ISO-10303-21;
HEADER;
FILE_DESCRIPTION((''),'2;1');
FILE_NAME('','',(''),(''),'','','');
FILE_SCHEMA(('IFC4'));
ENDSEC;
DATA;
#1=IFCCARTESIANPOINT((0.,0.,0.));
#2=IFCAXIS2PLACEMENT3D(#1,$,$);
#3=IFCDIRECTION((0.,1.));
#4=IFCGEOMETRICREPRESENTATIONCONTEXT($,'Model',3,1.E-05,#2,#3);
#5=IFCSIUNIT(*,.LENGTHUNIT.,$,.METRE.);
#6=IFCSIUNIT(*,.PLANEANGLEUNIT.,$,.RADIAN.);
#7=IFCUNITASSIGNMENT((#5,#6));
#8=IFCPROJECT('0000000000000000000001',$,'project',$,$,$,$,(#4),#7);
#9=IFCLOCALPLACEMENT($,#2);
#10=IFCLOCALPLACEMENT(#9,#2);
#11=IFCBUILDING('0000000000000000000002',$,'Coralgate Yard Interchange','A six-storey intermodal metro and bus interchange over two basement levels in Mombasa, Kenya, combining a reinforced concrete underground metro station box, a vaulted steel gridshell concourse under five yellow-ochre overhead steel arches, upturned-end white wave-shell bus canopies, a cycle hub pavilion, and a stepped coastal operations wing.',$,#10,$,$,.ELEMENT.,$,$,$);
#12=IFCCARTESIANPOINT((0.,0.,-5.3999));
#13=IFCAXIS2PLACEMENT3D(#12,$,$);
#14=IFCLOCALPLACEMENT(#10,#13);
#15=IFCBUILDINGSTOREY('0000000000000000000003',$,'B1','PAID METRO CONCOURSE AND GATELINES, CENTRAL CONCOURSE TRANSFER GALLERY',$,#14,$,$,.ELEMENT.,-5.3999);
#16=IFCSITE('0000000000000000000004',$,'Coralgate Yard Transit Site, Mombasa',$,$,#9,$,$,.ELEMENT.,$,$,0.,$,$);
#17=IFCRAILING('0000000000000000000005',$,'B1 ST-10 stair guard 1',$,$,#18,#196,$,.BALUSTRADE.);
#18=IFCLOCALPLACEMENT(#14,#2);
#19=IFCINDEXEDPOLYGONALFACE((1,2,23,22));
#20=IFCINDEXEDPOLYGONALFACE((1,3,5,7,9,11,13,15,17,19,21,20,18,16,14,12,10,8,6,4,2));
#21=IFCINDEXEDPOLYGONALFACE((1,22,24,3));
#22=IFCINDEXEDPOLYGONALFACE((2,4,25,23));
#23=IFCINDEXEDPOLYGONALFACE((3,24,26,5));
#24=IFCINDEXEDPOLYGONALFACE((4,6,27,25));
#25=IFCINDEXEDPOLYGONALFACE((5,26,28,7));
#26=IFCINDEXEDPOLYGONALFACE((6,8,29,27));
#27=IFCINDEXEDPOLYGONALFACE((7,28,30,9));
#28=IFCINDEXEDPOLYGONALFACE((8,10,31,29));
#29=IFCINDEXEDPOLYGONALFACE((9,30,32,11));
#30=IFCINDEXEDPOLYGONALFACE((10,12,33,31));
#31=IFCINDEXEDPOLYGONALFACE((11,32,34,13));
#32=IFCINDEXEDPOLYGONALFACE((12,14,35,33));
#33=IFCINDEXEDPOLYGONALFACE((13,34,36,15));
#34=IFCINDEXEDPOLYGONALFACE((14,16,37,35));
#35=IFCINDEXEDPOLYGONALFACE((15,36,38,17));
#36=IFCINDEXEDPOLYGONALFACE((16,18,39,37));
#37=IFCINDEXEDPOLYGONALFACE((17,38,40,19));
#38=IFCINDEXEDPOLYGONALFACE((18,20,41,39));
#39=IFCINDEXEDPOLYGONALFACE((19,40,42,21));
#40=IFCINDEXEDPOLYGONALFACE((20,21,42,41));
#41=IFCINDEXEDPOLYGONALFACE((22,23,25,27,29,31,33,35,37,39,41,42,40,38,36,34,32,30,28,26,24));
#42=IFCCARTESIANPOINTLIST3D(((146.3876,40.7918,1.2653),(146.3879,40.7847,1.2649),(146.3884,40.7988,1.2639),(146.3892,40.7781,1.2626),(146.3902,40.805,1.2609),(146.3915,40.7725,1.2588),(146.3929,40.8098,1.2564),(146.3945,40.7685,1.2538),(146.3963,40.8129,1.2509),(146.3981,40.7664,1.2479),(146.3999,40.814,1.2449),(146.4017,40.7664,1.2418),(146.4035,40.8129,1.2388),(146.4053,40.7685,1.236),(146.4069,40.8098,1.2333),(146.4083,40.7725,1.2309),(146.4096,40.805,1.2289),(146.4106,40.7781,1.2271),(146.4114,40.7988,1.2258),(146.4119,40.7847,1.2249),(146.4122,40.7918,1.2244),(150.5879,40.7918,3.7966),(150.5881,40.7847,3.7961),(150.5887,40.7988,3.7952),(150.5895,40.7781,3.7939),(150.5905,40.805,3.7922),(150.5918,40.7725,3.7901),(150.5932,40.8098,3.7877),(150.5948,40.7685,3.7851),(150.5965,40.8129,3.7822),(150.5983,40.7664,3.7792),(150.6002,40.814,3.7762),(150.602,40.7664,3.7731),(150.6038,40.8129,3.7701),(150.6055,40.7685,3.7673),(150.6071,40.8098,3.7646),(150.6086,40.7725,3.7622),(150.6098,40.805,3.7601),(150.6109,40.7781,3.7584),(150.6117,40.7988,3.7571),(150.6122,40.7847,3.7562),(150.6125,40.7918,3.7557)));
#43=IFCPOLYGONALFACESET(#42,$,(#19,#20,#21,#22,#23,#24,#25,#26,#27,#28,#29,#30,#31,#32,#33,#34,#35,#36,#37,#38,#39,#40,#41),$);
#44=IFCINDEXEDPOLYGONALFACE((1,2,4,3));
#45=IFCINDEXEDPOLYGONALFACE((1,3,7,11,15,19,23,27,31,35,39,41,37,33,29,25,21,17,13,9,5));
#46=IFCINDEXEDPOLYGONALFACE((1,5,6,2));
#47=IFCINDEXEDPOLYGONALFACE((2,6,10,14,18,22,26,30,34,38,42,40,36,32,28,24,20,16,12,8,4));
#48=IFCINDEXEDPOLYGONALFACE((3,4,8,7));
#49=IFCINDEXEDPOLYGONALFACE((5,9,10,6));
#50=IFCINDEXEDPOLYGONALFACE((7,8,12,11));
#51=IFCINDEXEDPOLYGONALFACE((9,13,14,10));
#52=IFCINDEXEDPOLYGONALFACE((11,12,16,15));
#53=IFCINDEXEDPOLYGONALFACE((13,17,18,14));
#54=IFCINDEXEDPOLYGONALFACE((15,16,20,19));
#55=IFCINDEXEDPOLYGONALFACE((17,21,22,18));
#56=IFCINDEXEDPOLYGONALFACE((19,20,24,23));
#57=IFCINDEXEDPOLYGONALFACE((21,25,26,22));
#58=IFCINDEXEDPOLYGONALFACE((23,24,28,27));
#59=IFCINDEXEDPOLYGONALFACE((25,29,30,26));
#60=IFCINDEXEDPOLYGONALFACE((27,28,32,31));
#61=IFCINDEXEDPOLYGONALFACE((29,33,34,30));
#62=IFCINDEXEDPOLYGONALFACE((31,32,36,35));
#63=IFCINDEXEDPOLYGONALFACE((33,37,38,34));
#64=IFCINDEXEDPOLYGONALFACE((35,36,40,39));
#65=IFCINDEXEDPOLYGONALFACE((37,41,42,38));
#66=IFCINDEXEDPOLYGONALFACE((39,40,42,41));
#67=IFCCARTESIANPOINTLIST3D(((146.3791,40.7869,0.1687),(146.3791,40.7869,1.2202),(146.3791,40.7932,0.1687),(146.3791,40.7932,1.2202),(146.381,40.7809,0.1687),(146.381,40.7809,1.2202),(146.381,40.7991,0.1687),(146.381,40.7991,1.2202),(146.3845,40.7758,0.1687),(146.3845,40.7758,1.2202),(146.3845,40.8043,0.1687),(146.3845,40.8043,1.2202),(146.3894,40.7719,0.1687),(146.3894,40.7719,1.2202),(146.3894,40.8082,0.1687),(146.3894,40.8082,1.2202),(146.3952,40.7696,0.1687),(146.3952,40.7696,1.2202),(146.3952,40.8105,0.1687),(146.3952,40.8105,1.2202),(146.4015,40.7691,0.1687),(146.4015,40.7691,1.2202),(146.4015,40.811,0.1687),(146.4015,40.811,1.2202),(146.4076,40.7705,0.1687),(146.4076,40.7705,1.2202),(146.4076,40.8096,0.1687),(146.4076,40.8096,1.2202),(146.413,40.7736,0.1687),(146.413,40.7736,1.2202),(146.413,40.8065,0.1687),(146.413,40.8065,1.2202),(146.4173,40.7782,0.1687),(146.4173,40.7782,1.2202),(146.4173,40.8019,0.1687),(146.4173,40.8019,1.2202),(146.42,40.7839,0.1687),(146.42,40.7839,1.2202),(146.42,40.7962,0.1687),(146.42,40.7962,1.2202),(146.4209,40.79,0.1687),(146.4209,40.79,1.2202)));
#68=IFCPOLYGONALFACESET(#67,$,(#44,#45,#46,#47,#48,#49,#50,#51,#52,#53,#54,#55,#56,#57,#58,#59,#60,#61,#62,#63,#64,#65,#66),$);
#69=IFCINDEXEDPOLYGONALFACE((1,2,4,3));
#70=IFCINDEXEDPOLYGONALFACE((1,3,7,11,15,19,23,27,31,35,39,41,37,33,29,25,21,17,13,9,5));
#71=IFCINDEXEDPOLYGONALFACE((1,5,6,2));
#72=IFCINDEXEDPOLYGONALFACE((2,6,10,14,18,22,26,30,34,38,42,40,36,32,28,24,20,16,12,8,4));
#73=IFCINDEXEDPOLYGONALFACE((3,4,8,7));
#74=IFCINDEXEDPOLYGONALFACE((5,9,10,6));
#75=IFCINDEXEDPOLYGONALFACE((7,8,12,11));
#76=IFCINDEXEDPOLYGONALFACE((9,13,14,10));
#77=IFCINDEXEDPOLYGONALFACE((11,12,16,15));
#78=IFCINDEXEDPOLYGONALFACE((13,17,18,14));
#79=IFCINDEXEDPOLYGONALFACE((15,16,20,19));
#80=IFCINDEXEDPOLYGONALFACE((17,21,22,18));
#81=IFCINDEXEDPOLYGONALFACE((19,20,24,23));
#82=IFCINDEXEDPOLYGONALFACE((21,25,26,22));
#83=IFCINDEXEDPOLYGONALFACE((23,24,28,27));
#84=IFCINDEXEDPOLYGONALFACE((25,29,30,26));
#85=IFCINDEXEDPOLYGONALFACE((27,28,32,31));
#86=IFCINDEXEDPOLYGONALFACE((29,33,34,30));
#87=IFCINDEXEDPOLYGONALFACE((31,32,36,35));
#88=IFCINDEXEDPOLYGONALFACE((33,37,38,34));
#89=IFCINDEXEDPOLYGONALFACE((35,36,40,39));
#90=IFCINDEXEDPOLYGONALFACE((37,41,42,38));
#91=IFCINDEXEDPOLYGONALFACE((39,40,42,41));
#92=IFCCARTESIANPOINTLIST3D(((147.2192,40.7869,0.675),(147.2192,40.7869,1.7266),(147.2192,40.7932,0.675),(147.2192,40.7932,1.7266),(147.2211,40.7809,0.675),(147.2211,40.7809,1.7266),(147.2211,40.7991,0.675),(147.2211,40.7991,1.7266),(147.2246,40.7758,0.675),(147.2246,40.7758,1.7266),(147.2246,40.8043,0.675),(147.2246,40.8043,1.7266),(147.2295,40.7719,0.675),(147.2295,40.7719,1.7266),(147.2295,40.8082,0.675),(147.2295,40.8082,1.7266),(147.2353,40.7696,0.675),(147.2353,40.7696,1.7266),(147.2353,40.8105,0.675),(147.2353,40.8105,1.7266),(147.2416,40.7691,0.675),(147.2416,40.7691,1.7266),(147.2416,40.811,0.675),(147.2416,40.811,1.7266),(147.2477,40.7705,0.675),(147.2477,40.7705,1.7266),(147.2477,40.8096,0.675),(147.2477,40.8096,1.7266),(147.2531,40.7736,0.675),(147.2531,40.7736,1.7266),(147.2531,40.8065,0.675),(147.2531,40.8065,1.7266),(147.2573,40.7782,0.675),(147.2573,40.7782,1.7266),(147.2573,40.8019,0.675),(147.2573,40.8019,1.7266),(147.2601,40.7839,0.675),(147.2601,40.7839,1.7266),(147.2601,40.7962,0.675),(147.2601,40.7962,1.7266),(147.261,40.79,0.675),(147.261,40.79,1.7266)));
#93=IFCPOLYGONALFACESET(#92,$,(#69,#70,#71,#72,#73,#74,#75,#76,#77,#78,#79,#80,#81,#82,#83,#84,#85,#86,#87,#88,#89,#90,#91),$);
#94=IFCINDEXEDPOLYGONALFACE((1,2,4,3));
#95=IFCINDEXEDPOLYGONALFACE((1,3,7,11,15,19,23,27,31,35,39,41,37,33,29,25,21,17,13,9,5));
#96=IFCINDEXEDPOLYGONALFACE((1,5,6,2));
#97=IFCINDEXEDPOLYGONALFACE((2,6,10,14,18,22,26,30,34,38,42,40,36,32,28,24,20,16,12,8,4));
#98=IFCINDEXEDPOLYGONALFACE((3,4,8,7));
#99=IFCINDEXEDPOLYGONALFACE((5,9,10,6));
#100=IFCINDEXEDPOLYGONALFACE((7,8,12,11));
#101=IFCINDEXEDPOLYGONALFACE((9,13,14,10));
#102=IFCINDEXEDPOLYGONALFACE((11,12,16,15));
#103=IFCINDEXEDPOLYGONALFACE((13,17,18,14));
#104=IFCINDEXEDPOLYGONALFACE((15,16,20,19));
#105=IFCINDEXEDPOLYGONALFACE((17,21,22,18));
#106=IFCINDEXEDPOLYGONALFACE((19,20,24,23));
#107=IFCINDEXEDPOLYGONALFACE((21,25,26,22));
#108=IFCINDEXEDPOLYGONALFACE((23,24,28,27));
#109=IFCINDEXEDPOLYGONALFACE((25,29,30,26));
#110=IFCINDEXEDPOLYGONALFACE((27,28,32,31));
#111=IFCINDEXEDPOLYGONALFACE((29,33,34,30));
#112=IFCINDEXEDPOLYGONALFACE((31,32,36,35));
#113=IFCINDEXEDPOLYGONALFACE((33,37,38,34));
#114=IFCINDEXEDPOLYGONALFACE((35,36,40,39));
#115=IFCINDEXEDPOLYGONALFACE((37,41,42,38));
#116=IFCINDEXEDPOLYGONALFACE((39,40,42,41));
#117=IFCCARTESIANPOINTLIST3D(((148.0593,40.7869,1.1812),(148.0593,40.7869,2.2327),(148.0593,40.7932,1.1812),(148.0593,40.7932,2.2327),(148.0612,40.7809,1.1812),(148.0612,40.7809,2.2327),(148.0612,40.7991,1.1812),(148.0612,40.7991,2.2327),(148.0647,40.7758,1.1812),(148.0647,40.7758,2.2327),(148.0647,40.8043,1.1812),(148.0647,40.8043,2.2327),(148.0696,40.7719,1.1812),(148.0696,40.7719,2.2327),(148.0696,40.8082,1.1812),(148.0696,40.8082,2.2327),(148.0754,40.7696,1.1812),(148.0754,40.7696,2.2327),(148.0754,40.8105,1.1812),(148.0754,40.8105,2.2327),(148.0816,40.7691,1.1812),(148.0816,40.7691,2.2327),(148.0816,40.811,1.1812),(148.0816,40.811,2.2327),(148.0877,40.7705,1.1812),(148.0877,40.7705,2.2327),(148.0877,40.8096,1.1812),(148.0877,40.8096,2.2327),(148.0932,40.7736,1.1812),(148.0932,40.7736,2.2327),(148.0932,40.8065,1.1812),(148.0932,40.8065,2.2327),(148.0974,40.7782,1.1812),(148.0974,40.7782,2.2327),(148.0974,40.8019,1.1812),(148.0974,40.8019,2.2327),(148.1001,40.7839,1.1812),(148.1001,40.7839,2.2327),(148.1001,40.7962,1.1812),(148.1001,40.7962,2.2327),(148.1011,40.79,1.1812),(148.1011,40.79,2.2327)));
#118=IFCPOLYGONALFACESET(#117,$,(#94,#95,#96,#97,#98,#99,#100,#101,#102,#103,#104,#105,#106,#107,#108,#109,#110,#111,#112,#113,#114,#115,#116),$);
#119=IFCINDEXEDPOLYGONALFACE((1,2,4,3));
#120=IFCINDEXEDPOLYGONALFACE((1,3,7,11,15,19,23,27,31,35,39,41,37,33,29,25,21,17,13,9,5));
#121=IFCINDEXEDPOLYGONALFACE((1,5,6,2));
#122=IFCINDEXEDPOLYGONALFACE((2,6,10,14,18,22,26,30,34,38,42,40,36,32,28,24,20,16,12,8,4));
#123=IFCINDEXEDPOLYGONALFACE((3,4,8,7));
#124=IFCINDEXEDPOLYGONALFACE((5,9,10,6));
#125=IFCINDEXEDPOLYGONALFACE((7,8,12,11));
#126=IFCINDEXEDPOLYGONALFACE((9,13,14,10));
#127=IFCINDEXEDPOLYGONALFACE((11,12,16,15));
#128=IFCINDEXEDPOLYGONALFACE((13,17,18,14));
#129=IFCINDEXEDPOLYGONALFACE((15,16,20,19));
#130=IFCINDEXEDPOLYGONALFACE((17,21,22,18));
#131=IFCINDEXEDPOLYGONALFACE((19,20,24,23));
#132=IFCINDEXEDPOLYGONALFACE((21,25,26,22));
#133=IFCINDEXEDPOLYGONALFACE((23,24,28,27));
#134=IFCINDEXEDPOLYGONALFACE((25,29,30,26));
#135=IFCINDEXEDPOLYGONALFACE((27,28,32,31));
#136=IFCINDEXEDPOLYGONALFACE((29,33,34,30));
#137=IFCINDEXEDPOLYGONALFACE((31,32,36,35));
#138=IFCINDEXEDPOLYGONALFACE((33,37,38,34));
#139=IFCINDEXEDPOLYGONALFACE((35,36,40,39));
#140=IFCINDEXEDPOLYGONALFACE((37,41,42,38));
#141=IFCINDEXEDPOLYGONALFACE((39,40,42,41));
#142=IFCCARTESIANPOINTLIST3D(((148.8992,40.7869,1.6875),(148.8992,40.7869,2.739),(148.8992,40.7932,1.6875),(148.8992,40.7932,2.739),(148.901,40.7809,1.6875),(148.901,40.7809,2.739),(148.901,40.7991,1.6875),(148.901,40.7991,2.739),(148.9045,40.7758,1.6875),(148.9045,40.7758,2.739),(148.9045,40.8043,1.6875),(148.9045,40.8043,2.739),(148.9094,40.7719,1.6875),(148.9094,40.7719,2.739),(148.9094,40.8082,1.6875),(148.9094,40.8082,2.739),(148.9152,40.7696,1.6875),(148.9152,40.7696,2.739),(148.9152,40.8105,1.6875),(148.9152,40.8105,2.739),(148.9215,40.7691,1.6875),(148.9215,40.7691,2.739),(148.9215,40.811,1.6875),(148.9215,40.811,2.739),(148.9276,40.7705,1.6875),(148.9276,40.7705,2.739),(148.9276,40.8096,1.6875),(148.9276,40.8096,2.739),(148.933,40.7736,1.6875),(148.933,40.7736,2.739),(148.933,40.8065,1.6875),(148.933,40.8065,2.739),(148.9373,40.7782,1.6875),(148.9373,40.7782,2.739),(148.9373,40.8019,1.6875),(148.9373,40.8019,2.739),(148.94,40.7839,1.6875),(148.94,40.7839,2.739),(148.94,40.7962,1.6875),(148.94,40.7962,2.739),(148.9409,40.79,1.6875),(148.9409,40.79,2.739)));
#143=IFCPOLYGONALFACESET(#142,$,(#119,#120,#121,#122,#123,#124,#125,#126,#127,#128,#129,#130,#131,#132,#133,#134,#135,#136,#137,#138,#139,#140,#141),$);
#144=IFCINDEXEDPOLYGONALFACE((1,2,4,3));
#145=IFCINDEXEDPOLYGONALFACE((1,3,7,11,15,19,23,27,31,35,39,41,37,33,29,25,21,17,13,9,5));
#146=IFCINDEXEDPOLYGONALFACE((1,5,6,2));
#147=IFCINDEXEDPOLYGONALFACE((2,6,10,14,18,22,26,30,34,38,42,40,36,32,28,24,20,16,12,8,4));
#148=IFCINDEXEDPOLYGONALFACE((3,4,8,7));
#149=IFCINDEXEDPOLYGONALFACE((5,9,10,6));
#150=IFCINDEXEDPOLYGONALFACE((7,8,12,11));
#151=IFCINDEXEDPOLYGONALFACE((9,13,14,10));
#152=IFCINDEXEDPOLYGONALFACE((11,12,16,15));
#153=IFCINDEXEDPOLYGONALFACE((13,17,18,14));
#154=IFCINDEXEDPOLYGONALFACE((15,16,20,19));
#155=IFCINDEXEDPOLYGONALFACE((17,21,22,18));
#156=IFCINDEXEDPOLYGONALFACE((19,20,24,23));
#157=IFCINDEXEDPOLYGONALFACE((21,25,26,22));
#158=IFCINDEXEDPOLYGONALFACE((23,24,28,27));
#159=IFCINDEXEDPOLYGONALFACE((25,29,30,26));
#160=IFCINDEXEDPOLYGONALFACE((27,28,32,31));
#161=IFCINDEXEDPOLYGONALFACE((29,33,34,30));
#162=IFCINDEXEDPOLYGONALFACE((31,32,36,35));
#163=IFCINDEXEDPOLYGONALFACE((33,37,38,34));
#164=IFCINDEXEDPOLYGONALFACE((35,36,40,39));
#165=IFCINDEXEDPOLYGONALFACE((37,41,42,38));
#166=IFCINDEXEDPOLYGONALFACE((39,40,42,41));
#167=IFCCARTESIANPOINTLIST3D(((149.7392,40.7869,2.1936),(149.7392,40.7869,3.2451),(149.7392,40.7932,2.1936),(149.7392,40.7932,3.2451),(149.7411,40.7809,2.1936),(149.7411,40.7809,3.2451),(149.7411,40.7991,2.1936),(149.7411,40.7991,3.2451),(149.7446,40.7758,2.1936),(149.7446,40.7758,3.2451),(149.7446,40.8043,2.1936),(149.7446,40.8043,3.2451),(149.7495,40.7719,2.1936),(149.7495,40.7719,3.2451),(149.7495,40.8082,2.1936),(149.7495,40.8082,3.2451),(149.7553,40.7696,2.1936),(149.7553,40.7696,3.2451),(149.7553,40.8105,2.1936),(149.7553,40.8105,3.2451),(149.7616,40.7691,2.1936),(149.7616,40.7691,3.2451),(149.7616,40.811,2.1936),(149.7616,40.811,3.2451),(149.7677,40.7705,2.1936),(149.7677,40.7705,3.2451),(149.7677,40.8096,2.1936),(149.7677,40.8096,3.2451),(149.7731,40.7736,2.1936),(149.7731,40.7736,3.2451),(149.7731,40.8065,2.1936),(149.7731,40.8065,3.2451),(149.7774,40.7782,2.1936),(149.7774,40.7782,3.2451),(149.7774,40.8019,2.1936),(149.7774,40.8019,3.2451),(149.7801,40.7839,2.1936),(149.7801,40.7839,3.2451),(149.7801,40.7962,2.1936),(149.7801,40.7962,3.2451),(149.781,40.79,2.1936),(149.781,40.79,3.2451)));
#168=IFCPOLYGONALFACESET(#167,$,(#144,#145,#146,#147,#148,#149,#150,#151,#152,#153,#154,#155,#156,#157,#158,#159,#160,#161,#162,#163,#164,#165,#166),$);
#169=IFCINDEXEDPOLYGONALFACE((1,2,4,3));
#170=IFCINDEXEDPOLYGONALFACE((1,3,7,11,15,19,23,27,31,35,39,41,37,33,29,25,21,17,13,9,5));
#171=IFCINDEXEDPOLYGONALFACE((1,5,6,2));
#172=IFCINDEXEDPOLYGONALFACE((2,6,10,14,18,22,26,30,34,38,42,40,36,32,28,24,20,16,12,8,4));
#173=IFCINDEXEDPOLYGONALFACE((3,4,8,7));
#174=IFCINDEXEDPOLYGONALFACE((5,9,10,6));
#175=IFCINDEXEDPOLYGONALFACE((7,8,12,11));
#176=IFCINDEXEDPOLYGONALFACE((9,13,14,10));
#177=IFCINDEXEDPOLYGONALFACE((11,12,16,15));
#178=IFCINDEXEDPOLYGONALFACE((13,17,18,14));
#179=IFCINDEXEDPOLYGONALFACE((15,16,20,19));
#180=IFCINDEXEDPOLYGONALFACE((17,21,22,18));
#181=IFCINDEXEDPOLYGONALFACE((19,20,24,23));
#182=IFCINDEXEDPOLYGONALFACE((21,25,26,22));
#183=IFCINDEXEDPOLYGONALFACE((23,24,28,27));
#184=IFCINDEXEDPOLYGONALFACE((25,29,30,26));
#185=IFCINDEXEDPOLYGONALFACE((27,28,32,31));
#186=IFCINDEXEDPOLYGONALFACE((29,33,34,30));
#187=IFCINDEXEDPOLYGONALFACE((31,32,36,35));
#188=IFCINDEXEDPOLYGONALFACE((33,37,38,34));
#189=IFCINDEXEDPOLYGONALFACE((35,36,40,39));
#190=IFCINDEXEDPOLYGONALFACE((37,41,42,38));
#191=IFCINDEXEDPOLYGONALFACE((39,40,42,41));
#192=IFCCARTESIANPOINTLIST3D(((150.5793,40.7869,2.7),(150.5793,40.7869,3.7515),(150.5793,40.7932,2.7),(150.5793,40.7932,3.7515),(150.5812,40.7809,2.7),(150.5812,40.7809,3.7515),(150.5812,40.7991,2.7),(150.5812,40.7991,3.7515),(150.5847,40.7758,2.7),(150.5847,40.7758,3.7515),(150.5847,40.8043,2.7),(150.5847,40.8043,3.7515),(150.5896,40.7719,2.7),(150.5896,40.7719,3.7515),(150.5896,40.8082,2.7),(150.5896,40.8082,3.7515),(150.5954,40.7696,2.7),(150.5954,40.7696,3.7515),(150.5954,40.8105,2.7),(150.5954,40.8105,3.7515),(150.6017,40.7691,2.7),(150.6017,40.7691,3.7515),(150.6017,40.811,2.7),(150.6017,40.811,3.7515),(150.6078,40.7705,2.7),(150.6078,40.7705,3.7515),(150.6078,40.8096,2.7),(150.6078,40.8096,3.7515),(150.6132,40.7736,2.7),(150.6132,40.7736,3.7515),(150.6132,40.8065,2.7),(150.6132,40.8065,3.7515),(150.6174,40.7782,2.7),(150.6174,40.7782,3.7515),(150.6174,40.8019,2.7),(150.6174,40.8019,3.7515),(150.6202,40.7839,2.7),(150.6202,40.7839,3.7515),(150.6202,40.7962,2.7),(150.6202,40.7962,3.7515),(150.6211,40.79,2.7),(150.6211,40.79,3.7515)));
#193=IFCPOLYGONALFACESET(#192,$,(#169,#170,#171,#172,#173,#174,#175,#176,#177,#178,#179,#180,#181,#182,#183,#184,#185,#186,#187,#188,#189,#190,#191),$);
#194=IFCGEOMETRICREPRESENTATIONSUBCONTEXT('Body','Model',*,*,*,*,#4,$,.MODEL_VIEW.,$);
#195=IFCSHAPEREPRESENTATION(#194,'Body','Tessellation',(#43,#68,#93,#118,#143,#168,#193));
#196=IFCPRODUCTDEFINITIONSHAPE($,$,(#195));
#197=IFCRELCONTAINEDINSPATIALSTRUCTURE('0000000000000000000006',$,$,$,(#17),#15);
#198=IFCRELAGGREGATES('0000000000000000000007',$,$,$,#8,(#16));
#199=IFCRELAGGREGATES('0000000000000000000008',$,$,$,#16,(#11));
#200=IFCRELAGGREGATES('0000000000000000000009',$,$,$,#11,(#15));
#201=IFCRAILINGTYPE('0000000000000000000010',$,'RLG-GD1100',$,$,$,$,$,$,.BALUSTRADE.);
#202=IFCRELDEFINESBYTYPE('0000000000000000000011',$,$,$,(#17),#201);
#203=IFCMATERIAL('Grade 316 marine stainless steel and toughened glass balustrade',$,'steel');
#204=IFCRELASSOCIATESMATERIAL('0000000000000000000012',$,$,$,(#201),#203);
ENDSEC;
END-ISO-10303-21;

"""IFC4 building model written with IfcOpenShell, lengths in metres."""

from ifc_helpers import new_model, si_unit, direction, frame, origin, origin_2d, place, context, subcontext, project, spatial, circle, extrude, material, type_object, element, save


model = new_model("IFC4")

# Units and contexts
model_context = context("Model", 3, precision=1e-05, world=origin(), true_north=direction((0.0, 1.0)))
body_context = subcontext(model_context, "Body", "Model", "MODEL_VIEW")
ifc_project = project(units=[si_unit("LENGTHUNIT", "METRE"), si_unit("PLANEANGLEUNIT", "RADIAN")], contexts=[model_context])

# Site, building, storey
site_placement = place(None, origin())
site = spatial("IfcSite", under=ifc_project, at=site_placement, Name="Coralgate Yard Transit Site, Mombasa", CompositionType="ELEMENT", RefElevation=0.0)
building_placement = place(site_placement, origin())
building = spatial("IfcBuilding", under=site, at=building_placement, Name="Coralgate Yard Interchange", Description="A six-storey intermodal metro and bus interchange over two basement levels in Mombasa, Kenya, combining a reinforced concrete underground metro station box, a vaulted steel gridshell concourse under five yellow-ochre overhead steel arches, upturned-end white wave-shell bus canopies, a cycle hub pavilion, and a stepped coastal operations wing.", CompositionType="ELEMENT")
storey_placement = place(building_placement, frame((0.0, 0.0, -5.3999)))
storey = spatial("IfcBuildingStorey", under=building, at=storey_placement, Name="B1", Description="PAID METRO CONCOURSE AND GATELINES, CENTRAL CONCOURSE TRANSFER GALLERY", CompositionType="ELEMENT", Elevation=-5.3999)

# Railing
ifc_material_1 = material(Name="Grade 316 marine stainless steel and toughened glass balustrade", Category="steel")
railing_type_1 = type_object("IfcRailingType", Name="RLG-GD1100", PredefinedType="BALUSTRADE", material=ifc_material_1)
railing_1_placement = place(storey_placement, frame((146.3999, 40.79, 0.1687)))
element("IfcRailing", 1, at=railing_1_placement, inside=storey, type_object=railing_type_1, Name="B1 ST-10 stair guard 1", PredefinedType="BALUSTRADE", context=body_context, shape_type="SweptSolid", body=[
    extrude(circle(Radius=0.0239, at=origin_2d()), frame((0.0, 0.0, 1.0762), z_axis=(0.85649, 0.0, 0.516164), x_axis=(0.0, 1.0, 0.0)), (0.0, 0.0, 1.0), 4.9041),
    extrude(circle(Radius=0.021, at=origin_2d()), origin(), (0.0, 0.0, 1.0), 1.0515),
    extrude(circle(Radius=0.021, at=origin_2d()), frame((0.8401, 0.0, 0.5063)), (0.0, 0.0, 1.0), 1.0515),
    extrude(circle(Radius=0.021, at=origin_2d()), frame((1.6802, 0.0, 1.0125)), (0.0, 0.0, 1.0), 1.0515),
    extrude(circle(Radius=0.021, at=origin_2d()), frame((2.52, 0.0, 1.5188)), (0.0, 0.0, 1.0), 1.0515),
    extrude(circle(Radius=0.021, at=origin_2d()), frame((3.3601, 0.0, 2.0249)), (0.0, 0.0, 1.0), 1.0515),
    extrude(circle(Radius=0.021, at=origin_2d()), frame((4.2002, 0.0, 2.5312)), (0.0, 0.0, 1.0), 1.0515),
])

save(model, "model.ifc")
